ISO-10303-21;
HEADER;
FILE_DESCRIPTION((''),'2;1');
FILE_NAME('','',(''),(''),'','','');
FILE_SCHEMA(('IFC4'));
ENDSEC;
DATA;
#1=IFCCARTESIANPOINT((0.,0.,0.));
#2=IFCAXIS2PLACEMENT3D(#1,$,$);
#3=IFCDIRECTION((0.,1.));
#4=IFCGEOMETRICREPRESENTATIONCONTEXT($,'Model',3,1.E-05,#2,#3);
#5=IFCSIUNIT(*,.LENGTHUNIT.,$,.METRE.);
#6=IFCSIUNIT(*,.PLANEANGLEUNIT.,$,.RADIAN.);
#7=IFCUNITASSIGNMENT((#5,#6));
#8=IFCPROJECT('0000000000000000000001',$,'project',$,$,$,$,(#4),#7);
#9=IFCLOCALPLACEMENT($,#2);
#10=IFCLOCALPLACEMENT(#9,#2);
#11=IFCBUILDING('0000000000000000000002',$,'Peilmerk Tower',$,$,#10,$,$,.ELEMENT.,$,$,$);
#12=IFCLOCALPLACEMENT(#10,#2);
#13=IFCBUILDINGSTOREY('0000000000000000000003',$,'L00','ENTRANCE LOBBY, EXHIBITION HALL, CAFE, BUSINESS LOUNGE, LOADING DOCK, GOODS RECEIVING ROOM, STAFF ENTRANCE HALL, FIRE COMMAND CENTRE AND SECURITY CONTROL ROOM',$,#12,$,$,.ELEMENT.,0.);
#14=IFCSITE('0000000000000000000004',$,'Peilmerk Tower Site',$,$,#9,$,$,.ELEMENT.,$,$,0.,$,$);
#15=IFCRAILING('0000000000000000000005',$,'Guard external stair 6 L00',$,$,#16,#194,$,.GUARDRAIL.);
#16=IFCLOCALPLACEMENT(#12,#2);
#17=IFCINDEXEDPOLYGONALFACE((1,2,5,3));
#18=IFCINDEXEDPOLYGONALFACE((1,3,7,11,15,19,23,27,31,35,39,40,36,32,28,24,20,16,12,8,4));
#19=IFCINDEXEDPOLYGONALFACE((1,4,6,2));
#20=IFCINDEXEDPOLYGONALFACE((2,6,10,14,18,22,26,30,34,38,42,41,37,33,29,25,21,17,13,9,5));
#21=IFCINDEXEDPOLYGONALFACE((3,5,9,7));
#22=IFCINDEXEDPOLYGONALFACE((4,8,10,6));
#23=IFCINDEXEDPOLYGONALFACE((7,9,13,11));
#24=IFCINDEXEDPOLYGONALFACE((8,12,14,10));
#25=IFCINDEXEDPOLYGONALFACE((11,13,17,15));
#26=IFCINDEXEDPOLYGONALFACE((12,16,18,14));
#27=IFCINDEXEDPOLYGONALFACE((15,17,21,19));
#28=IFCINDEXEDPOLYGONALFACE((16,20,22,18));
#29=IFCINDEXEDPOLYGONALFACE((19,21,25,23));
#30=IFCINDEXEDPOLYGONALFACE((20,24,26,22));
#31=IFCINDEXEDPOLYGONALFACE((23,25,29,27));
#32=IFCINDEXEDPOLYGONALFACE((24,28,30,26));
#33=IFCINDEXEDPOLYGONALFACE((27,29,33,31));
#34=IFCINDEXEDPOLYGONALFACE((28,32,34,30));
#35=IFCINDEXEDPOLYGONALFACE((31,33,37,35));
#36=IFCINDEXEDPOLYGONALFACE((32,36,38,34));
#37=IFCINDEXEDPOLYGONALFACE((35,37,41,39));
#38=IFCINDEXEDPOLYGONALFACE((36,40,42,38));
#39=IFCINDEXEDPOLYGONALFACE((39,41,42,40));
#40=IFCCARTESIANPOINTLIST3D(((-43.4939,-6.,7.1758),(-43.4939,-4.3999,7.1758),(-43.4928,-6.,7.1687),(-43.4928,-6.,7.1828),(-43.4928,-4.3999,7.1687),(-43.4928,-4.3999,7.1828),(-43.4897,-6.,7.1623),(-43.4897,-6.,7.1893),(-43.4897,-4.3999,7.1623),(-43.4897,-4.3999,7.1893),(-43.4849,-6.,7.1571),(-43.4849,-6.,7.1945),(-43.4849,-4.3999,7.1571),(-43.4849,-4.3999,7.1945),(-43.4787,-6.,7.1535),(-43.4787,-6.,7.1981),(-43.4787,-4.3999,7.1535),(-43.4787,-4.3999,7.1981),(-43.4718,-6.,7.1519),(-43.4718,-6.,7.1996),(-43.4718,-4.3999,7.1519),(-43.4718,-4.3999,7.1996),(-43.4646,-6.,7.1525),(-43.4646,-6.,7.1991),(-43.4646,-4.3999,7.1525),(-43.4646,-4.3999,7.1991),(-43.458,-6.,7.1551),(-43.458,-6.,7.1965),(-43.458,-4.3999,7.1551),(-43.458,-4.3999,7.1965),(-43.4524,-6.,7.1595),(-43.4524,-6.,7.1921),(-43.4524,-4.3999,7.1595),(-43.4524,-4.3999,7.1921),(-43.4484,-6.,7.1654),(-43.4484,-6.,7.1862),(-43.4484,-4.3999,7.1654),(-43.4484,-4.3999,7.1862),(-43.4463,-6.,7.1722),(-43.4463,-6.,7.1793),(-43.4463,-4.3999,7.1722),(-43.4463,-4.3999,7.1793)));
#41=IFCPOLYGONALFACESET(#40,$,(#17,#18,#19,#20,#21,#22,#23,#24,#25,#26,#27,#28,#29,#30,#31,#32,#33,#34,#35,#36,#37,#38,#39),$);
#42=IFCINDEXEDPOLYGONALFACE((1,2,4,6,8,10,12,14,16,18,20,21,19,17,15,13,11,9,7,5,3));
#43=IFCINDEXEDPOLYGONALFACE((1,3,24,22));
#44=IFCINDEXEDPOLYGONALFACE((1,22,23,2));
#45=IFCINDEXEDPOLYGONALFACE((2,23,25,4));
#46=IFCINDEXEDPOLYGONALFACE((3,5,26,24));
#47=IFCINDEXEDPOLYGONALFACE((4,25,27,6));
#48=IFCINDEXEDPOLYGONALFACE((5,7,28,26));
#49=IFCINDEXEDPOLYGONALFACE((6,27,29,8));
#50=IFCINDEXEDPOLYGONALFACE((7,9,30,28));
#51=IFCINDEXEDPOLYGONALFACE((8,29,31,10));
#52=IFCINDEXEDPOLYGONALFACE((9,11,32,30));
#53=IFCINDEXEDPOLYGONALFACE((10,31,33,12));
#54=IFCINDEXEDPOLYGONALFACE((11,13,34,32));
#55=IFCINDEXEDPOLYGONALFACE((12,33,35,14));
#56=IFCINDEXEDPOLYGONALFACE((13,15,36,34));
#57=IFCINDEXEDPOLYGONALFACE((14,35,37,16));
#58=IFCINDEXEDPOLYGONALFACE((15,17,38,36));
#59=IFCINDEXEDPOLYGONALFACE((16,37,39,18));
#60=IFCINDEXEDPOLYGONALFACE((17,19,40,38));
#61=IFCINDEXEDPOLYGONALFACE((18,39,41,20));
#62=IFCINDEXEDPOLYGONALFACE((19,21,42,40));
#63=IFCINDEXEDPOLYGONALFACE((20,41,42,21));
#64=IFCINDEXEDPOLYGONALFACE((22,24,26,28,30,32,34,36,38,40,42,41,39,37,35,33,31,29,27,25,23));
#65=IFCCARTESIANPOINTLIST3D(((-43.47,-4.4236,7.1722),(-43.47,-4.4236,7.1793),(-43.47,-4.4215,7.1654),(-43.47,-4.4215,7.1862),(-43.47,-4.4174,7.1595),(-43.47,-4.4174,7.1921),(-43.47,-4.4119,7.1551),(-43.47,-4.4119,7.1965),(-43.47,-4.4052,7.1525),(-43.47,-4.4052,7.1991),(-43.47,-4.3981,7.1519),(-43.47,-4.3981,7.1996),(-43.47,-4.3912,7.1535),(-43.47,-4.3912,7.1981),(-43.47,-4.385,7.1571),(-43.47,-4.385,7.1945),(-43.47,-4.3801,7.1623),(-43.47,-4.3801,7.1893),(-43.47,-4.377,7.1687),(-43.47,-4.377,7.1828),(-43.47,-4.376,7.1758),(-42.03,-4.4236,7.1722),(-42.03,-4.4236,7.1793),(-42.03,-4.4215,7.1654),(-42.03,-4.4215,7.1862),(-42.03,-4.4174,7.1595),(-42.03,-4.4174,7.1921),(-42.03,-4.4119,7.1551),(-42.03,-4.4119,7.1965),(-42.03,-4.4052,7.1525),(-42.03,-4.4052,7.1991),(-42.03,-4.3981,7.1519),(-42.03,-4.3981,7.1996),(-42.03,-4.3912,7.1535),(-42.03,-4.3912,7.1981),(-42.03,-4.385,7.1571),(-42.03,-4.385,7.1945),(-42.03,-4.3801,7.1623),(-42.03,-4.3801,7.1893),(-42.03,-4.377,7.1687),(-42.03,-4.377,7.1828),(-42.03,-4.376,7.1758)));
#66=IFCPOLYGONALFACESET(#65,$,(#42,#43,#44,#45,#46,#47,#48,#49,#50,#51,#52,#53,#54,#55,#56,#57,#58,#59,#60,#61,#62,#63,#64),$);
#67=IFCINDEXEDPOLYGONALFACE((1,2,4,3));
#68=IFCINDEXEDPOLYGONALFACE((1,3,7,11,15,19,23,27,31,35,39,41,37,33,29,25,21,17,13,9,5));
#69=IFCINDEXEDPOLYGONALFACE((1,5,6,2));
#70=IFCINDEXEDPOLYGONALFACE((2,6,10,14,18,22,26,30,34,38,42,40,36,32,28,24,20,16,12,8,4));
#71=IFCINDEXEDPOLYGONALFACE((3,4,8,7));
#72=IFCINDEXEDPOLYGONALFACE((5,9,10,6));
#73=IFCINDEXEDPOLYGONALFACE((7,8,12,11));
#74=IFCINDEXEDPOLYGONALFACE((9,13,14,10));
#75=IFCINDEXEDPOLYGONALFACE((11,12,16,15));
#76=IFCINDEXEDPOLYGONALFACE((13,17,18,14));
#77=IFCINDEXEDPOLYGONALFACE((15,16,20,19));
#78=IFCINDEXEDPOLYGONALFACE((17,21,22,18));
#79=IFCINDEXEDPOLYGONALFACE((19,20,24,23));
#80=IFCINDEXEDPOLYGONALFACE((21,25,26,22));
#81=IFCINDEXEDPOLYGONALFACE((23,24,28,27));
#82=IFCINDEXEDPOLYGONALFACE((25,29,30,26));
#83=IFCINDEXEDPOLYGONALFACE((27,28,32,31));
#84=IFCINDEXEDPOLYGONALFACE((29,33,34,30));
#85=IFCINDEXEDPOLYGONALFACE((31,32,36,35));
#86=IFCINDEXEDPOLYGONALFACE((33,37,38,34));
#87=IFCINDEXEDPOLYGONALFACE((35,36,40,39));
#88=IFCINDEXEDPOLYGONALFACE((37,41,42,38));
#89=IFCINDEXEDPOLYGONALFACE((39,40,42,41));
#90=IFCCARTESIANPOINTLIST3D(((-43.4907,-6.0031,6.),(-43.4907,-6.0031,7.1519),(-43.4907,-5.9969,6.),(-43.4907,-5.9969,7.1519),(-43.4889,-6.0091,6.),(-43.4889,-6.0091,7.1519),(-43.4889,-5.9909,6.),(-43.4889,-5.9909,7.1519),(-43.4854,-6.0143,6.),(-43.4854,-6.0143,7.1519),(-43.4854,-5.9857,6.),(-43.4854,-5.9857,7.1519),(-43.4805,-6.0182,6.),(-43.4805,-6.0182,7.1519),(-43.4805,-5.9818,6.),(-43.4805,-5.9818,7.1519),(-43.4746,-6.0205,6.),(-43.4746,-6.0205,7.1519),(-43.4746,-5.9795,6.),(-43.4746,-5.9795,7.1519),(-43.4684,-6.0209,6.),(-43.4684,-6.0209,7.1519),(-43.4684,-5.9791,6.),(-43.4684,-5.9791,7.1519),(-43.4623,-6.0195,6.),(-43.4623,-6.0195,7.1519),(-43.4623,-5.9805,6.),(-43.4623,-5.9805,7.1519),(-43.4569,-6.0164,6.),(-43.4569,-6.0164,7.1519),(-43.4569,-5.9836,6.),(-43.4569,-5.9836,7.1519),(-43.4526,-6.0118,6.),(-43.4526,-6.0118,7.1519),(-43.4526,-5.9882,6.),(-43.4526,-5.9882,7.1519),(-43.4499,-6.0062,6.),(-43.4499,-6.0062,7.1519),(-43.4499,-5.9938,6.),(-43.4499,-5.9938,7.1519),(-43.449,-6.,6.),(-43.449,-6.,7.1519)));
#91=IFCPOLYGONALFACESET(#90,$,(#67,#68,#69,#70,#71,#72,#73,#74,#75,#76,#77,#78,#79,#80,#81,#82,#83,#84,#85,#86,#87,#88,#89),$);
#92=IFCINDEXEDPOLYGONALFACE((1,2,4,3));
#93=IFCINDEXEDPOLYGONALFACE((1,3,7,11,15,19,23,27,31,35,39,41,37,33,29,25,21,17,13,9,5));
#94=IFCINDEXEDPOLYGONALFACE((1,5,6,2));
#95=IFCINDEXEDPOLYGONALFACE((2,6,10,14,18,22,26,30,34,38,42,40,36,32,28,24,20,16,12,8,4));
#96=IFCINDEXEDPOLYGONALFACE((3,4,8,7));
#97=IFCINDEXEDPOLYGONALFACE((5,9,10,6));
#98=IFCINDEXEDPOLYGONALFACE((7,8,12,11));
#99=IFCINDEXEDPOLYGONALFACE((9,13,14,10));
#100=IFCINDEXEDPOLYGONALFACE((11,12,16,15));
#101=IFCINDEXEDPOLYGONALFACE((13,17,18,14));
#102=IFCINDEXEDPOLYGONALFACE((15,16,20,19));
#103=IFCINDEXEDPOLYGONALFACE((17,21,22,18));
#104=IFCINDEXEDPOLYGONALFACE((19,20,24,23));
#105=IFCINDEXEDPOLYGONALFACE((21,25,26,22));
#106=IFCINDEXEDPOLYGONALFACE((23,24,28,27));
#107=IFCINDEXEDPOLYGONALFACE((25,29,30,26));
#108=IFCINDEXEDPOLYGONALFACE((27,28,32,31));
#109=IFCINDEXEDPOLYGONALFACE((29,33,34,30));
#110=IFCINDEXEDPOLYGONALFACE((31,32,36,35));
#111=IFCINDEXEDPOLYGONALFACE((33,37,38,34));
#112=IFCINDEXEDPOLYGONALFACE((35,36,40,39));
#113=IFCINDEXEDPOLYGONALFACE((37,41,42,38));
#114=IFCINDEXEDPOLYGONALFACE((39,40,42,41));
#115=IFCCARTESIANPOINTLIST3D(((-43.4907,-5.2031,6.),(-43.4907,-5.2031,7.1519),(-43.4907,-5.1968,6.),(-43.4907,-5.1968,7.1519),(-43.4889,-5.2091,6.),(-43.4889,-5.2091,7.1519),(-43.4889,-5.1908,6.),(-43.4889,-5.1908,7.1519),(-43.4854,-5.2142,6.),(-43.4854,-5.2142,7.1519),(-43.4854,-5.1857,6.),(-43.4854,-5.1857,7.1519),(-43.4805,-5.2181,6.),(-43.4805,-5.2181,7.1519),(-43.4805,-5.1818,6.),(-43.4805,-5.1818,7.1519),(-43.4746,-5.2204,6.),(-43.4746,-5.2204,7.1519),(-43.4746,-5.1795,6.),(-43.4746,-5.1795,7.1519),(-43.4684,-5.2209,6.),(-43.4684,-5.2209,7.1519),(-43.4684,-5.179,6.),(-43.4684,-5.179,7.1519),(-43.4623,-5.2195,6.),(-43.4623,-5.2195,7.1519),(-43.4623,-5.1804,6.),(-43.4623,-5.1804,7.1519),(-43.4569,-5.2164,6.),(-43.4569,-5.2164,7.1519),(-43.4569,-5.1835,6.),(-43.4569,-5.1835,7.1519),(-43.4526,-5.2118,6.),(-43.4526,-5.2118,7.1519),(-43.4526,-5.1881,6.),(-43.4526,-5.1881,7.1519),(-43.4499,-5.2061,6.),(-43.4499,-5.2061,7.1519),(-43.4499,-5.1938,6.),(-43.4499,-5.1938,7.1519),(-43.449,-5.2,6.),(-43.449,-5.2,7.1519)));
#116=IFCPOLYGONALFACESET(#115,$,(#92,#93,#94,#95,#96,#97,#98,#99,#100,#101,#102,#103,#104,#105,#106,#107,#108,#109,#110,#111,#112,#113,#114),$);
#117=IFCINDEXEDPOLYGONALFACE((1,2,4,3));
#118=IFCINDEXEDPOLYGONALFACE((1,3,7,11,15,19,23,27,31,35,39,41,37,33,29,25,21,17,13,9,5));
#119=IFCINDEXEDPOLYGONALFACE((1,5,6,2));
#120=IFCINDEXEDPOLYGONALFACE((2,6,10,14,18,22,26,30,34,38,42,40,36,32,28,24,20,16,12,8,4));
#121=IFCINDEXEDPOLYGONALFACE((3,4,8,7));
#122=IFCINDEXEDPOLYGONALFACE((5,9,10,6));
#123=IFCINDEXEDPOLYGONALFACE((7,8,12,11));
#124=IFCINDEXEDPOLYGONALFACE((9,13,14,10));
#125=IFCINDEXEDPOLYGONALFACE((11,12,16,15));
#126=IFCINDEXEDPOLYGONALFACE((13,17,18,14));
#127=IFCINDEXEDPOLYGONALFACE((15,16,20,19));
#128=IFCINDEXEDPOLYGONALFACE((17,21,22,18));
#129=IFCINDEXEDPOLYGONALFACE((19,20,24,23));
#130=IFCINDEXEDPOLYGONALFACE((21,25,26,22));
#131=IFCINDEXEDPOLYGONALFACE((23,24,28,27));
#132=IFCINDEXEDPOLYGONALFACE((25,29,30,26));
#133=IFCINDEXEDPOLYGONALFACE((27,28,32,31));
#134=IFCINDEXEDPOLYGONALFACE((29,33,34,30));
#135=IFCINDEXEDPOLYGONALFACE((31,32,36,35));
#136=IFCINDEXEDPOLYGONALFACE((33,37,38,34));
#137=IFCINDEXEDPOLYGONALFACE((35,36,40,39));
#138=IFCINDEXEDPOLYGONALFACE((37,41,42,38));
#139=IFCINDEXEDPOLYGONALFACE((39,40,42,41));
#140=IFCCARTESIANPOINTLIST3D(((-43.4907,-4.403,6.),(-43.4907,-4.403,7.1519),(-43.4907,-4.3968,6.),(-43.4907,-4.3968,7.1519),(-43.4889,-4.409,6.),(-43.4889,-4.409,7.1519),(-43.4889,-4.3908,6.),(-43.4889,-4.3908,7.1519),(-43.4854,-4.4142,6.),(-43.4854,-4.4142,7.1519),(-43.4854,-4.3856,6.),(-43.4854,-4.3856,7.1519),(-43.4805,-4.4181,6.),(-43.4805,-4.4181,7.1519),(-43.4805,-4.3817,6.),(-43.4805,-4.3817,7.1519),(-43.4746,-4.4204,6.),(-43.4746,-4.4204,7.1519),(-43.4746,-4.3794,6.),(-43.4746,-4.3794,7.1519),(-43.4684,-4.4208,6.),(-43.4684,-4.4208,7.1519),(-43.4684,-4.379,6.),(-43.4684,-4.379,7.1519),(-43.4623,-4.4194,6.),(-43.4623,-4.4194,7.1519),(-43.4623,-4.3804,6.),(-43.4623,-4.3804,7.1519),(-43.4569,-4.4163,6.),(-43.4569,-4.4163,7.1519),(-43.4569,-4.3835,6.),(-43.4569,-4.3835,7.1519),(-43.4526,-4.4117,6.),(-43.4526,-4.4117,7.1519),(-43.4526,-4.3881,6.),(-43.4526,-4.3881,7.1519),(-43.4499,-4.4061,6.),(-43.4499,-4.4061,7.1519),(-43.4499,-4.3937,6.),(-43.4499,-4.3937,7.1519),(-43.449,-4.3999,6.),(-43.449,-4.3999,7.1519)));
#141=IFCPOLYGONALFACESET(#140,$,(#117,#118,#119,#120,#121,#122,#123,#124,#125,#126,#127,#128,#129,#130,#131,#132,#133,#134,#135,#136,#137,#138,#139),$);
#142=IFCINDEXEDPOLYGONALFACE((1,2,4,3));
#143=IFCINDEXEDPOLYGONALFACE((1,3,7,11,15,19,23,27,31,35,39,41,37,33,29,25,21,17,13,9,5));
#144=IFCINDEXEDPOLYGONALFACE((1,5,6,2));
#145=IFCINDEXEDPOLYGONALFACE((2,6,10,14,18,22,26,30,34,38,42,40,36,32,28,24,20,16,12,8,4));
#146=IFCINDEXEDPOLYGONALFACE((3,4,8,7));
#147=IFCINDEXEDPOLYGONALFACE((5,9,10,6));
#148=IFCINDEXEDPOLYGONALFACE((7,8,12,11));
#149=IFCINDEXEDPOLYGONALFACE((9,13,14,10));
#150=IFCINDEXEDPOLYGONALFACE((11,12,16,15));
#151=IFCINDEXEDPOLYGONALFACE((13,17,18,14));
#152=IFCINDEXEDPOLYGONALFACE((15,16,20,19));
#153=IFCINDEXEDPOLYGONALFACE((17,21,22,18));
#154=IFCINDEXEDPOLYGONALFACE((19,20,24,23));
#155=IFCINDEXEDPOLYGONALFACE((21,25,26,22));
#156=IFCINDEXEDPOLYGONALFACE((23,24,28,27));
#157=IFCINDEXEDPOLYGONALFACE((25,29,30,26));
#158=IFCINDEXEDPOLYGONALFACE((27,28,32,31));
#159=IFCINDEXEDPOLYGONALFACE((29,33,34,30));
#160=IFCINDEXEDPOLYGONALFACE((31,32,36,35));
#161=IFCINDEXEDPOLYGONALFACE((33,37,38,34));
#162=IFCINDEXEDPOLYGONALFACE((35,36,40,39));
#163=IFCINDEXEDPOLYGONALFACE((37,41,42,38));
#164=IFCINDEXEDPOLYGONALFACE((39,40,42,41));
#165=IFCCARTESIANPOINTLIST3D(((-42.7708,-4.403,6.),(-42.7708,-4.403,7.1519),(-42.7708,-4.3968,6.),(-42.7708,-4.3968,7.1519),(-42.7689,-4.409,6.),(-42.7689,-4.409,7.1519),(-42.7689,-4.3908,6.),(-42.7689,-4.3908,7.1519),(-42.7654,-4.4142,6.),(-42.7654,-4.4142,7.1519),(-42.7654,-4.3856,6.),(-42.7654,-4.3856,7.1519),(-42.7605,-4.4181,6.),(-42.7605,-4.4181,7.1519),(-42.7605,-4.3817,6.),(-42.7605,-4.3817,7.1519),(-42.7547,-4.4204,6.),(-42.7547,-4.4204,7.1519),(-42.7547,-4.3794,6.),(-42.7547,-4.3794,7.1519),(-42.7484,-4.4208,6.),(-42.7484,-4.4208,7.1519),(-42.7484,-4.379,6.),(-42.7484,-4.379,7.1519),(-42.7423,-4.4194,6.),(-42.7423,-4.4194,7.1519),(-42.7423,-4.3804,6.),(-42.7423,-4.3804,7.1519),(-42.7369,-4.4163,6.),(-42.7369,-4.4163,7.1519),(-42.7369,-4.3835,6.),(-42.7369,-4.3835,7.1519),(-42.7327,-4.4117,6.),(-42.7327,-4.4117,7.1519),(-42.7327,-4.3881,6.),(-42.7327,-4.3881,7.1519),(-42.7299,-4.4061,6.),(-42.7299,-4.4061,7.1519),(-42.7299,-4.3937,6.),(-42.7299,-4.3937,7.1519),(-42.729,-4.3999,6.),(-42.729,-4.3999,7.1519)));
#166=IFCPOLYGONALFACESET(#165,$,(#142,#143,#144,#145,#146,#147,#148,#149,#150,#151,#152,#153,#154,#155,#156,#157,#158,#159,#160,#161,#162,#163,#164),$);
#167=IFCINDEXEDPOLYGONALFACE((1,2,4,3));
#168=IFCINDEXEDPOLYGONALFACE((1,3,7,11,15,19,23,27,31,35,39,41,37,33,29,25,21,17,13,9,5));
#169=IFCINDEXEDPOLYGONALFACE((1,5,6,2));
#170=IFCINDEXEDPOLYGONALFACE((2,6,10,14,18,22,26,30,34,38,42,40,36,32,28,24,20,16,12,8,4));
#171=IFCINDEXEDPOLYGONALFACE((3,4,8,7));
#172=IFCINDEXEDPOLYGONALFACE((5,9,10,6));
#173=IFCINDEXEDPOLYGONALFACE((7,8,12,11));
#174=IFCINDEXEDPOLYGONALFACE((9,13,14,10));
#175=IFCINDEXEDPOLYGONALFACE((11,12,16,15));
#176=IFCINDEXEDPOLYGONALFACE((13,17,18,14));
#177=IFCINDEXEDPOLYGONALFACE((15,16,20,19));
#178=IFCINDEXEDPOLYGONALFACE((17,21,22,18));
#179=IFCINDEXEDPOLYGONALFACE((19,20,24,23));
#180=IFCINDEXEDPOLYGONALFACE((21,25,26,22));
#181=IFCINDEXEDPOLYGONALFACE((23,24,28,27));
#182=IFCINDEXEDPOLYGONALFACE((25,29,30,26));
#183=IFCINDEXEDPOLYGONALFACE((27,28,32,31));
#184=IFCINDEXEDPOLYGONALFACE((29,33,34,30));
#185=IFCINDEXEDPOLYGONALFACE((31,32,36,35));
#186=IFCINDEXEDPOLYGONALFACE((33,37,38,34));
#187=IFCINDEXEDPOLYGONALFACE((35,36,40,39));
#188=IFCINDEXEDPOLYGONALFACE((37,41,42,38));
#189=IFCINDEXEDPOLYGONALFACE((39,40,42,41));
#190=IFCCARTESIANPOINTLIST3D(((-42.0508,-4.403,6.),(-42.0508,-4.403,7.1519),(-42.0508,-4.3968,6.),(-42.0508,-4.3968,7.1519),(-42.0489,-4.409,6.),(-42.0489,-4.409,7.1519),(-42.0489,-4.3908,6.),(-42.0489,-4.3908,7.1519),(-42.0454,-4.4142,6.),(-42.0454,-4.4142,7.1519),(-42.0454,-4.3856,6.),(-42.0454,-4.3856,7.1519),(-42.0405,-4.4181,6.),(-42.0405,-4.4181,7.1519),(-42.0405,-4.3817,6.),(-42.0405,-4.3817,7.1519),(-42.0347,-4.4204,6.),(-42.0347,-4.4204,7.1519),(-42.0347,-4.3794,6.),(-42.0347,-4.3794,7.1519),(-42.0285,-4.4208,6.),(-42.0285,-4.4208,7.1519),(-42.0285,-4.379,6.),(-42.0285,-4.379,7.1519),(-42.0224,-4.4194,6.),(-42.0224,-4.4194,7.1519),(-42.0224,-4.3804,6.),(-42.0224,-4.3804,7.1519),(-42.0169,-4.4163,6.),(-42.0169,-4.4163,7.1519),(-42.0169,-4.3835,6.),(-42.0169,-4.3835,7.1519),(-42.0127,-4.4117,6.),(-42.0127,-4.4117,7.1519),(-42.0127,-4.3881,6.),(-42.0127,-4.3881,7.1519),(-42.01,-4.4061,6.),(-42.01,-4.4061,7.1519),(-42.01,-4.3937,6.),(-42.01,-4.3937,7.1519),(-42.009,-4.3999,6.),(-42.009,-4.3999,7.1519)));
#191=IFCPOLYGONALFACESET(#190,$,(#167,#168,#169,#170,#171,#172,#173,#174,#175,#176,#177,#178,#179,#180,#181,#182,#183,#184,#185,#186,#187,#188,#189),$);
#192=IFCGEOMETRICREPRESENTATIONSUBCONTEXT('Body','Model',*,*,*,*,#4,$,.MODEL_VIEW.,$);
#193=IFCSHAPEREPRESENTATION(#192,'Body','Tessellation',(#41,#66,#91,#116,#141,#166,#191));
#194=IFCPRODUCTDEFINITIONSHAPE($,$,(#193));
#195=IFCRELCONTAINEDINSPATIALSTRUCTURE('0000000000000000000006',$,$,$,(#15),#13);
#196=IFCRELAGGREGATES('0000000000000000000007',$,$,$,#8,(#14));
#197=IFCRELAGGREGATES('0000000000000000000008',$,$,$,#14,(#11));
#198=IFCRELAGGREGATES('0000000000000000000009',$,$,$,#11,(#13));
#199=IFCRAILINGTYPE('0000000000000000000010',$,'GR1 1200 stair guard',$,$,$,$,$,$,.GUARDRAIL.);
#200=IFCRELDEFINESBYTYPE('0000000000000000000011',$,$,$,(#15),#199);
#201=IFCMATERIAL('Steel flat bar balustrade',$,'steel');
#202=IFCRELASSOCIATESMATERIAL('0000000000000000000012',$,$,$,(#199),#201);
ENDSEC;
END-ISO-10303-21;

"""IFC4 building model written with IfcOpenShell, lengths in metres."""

from ifc_helpers import new_model, si_unit, direction, frame, origin, origin_2d, place, context, subcontext, project, spatial, circle, extrude, material, type_object, element, save


model = new_model("IFC4")

# Units and contexts
model_context = context("Model", 3, precision=1e-05, world=origin(), true_north=direction((0.0, 1.0)))
body_context = subcontext(model_context, "Body", "Model", "MODEL_VIEW")
ifc_project = project(units=[si_unit("LENGTHUNIT", "METRE"), si_unit("PLANEANGLEUNIT", "RADIAN")], contexts=[model_context])

# Site, building, storey
site_placement = place(None, origin())
site = spatial("IfcSite", under=ifc_project, at=site_placement, Name="Peilmerk Tower Site", CompositionType="ELEMENT", RefElevation=0.0)
building_placement = place(site_placement, origin())
building = spatial("IfcBuilding", under=site, at=building_placement, Name="Peilmerk Tower", CompositionType="ELEMENT")
storey_placement = place(building_placement, origin())
storey = spatial("IfcBuildingStorey", under=building, at=storey_placement, Name="L00", Description="ENTRANCE LOBBY, EXHIBITION HALL, CAFE, BUSINESS LOUNGE, LOADING DOCK, GOODS RECEIVING ROOM, STAFF ENTRANCE HALL, FIRE COMMAND CENTRE AND SECURITY CONTROL ROOM", CompositionType="ELEMENT", Elevation=0.0)

# Railing
ifc_material_1 = material(Name="Steel flat bar balustrade", Category="steel")
railing_type_1 = type_object("IfcRailingType", Name="GR1 1200 stair guard", PredefinedType="GUARDRAIL", material=ifc_material_1)
railing_1_placement = place(storey_placement, frame((-43.47, -6.0, 6.0)))
element("IfcRailing", 1, at=railing_1_placement, inside=storey, type_object=railing_type_1, Name="Guard external stair 6 L00", PredefinedType="GUARDRAIL", context=body_context, shape_type="SweptSolid", body=[
    extrude(circle(Radius=0.0239, at=origin_2d()), frame((0.0, 0.0, 1.1758), z_axis=(0.0, 1.0, 0.0), x_axis=(-1.0, 0.0, 0.0)), (0.0, 0.0, 1.0), 1.6001),
    extrude(circle(Radius=0.0239, at=origin_2d()), frame((0.0, 1.6001, 1.1758), z_axis=(1.0, 0.0, 0.0), x_axis=(0.0, 1.0, 0.0)), (0.0, 0.0, 1.0), 1.4399),
    extrude(circle(Radius=0.021, at=origin_2d()), origin(), (0.0, 0.0, 1.0), 1.1519),
    extrude(circle(Radius=0.021, at=origin_2d()), frame((0.0, 0.8, 0.0)), (0.0, 0.0, 1.0), 1.1519),
    extrude(circle(Radius=0.021, at=origin_2d()), frame((0.0, 1.6001, 0.0)), (0.0, 0.0, 1.0), 1.1519),
    extrude(circle(Radius=0.021, at=origin_2d()), frame((0.72, 1.6001, 0.0)), (0.0, 0.0, 1.0), 1.1519),
    extrude(circle(Radius=0.021, at=origin_2d()), frame((1.4399, 1.6001, 0.0)), (0.0, 0.0, 1.0), 1.1519),
])

save(model, "model.ifc")
